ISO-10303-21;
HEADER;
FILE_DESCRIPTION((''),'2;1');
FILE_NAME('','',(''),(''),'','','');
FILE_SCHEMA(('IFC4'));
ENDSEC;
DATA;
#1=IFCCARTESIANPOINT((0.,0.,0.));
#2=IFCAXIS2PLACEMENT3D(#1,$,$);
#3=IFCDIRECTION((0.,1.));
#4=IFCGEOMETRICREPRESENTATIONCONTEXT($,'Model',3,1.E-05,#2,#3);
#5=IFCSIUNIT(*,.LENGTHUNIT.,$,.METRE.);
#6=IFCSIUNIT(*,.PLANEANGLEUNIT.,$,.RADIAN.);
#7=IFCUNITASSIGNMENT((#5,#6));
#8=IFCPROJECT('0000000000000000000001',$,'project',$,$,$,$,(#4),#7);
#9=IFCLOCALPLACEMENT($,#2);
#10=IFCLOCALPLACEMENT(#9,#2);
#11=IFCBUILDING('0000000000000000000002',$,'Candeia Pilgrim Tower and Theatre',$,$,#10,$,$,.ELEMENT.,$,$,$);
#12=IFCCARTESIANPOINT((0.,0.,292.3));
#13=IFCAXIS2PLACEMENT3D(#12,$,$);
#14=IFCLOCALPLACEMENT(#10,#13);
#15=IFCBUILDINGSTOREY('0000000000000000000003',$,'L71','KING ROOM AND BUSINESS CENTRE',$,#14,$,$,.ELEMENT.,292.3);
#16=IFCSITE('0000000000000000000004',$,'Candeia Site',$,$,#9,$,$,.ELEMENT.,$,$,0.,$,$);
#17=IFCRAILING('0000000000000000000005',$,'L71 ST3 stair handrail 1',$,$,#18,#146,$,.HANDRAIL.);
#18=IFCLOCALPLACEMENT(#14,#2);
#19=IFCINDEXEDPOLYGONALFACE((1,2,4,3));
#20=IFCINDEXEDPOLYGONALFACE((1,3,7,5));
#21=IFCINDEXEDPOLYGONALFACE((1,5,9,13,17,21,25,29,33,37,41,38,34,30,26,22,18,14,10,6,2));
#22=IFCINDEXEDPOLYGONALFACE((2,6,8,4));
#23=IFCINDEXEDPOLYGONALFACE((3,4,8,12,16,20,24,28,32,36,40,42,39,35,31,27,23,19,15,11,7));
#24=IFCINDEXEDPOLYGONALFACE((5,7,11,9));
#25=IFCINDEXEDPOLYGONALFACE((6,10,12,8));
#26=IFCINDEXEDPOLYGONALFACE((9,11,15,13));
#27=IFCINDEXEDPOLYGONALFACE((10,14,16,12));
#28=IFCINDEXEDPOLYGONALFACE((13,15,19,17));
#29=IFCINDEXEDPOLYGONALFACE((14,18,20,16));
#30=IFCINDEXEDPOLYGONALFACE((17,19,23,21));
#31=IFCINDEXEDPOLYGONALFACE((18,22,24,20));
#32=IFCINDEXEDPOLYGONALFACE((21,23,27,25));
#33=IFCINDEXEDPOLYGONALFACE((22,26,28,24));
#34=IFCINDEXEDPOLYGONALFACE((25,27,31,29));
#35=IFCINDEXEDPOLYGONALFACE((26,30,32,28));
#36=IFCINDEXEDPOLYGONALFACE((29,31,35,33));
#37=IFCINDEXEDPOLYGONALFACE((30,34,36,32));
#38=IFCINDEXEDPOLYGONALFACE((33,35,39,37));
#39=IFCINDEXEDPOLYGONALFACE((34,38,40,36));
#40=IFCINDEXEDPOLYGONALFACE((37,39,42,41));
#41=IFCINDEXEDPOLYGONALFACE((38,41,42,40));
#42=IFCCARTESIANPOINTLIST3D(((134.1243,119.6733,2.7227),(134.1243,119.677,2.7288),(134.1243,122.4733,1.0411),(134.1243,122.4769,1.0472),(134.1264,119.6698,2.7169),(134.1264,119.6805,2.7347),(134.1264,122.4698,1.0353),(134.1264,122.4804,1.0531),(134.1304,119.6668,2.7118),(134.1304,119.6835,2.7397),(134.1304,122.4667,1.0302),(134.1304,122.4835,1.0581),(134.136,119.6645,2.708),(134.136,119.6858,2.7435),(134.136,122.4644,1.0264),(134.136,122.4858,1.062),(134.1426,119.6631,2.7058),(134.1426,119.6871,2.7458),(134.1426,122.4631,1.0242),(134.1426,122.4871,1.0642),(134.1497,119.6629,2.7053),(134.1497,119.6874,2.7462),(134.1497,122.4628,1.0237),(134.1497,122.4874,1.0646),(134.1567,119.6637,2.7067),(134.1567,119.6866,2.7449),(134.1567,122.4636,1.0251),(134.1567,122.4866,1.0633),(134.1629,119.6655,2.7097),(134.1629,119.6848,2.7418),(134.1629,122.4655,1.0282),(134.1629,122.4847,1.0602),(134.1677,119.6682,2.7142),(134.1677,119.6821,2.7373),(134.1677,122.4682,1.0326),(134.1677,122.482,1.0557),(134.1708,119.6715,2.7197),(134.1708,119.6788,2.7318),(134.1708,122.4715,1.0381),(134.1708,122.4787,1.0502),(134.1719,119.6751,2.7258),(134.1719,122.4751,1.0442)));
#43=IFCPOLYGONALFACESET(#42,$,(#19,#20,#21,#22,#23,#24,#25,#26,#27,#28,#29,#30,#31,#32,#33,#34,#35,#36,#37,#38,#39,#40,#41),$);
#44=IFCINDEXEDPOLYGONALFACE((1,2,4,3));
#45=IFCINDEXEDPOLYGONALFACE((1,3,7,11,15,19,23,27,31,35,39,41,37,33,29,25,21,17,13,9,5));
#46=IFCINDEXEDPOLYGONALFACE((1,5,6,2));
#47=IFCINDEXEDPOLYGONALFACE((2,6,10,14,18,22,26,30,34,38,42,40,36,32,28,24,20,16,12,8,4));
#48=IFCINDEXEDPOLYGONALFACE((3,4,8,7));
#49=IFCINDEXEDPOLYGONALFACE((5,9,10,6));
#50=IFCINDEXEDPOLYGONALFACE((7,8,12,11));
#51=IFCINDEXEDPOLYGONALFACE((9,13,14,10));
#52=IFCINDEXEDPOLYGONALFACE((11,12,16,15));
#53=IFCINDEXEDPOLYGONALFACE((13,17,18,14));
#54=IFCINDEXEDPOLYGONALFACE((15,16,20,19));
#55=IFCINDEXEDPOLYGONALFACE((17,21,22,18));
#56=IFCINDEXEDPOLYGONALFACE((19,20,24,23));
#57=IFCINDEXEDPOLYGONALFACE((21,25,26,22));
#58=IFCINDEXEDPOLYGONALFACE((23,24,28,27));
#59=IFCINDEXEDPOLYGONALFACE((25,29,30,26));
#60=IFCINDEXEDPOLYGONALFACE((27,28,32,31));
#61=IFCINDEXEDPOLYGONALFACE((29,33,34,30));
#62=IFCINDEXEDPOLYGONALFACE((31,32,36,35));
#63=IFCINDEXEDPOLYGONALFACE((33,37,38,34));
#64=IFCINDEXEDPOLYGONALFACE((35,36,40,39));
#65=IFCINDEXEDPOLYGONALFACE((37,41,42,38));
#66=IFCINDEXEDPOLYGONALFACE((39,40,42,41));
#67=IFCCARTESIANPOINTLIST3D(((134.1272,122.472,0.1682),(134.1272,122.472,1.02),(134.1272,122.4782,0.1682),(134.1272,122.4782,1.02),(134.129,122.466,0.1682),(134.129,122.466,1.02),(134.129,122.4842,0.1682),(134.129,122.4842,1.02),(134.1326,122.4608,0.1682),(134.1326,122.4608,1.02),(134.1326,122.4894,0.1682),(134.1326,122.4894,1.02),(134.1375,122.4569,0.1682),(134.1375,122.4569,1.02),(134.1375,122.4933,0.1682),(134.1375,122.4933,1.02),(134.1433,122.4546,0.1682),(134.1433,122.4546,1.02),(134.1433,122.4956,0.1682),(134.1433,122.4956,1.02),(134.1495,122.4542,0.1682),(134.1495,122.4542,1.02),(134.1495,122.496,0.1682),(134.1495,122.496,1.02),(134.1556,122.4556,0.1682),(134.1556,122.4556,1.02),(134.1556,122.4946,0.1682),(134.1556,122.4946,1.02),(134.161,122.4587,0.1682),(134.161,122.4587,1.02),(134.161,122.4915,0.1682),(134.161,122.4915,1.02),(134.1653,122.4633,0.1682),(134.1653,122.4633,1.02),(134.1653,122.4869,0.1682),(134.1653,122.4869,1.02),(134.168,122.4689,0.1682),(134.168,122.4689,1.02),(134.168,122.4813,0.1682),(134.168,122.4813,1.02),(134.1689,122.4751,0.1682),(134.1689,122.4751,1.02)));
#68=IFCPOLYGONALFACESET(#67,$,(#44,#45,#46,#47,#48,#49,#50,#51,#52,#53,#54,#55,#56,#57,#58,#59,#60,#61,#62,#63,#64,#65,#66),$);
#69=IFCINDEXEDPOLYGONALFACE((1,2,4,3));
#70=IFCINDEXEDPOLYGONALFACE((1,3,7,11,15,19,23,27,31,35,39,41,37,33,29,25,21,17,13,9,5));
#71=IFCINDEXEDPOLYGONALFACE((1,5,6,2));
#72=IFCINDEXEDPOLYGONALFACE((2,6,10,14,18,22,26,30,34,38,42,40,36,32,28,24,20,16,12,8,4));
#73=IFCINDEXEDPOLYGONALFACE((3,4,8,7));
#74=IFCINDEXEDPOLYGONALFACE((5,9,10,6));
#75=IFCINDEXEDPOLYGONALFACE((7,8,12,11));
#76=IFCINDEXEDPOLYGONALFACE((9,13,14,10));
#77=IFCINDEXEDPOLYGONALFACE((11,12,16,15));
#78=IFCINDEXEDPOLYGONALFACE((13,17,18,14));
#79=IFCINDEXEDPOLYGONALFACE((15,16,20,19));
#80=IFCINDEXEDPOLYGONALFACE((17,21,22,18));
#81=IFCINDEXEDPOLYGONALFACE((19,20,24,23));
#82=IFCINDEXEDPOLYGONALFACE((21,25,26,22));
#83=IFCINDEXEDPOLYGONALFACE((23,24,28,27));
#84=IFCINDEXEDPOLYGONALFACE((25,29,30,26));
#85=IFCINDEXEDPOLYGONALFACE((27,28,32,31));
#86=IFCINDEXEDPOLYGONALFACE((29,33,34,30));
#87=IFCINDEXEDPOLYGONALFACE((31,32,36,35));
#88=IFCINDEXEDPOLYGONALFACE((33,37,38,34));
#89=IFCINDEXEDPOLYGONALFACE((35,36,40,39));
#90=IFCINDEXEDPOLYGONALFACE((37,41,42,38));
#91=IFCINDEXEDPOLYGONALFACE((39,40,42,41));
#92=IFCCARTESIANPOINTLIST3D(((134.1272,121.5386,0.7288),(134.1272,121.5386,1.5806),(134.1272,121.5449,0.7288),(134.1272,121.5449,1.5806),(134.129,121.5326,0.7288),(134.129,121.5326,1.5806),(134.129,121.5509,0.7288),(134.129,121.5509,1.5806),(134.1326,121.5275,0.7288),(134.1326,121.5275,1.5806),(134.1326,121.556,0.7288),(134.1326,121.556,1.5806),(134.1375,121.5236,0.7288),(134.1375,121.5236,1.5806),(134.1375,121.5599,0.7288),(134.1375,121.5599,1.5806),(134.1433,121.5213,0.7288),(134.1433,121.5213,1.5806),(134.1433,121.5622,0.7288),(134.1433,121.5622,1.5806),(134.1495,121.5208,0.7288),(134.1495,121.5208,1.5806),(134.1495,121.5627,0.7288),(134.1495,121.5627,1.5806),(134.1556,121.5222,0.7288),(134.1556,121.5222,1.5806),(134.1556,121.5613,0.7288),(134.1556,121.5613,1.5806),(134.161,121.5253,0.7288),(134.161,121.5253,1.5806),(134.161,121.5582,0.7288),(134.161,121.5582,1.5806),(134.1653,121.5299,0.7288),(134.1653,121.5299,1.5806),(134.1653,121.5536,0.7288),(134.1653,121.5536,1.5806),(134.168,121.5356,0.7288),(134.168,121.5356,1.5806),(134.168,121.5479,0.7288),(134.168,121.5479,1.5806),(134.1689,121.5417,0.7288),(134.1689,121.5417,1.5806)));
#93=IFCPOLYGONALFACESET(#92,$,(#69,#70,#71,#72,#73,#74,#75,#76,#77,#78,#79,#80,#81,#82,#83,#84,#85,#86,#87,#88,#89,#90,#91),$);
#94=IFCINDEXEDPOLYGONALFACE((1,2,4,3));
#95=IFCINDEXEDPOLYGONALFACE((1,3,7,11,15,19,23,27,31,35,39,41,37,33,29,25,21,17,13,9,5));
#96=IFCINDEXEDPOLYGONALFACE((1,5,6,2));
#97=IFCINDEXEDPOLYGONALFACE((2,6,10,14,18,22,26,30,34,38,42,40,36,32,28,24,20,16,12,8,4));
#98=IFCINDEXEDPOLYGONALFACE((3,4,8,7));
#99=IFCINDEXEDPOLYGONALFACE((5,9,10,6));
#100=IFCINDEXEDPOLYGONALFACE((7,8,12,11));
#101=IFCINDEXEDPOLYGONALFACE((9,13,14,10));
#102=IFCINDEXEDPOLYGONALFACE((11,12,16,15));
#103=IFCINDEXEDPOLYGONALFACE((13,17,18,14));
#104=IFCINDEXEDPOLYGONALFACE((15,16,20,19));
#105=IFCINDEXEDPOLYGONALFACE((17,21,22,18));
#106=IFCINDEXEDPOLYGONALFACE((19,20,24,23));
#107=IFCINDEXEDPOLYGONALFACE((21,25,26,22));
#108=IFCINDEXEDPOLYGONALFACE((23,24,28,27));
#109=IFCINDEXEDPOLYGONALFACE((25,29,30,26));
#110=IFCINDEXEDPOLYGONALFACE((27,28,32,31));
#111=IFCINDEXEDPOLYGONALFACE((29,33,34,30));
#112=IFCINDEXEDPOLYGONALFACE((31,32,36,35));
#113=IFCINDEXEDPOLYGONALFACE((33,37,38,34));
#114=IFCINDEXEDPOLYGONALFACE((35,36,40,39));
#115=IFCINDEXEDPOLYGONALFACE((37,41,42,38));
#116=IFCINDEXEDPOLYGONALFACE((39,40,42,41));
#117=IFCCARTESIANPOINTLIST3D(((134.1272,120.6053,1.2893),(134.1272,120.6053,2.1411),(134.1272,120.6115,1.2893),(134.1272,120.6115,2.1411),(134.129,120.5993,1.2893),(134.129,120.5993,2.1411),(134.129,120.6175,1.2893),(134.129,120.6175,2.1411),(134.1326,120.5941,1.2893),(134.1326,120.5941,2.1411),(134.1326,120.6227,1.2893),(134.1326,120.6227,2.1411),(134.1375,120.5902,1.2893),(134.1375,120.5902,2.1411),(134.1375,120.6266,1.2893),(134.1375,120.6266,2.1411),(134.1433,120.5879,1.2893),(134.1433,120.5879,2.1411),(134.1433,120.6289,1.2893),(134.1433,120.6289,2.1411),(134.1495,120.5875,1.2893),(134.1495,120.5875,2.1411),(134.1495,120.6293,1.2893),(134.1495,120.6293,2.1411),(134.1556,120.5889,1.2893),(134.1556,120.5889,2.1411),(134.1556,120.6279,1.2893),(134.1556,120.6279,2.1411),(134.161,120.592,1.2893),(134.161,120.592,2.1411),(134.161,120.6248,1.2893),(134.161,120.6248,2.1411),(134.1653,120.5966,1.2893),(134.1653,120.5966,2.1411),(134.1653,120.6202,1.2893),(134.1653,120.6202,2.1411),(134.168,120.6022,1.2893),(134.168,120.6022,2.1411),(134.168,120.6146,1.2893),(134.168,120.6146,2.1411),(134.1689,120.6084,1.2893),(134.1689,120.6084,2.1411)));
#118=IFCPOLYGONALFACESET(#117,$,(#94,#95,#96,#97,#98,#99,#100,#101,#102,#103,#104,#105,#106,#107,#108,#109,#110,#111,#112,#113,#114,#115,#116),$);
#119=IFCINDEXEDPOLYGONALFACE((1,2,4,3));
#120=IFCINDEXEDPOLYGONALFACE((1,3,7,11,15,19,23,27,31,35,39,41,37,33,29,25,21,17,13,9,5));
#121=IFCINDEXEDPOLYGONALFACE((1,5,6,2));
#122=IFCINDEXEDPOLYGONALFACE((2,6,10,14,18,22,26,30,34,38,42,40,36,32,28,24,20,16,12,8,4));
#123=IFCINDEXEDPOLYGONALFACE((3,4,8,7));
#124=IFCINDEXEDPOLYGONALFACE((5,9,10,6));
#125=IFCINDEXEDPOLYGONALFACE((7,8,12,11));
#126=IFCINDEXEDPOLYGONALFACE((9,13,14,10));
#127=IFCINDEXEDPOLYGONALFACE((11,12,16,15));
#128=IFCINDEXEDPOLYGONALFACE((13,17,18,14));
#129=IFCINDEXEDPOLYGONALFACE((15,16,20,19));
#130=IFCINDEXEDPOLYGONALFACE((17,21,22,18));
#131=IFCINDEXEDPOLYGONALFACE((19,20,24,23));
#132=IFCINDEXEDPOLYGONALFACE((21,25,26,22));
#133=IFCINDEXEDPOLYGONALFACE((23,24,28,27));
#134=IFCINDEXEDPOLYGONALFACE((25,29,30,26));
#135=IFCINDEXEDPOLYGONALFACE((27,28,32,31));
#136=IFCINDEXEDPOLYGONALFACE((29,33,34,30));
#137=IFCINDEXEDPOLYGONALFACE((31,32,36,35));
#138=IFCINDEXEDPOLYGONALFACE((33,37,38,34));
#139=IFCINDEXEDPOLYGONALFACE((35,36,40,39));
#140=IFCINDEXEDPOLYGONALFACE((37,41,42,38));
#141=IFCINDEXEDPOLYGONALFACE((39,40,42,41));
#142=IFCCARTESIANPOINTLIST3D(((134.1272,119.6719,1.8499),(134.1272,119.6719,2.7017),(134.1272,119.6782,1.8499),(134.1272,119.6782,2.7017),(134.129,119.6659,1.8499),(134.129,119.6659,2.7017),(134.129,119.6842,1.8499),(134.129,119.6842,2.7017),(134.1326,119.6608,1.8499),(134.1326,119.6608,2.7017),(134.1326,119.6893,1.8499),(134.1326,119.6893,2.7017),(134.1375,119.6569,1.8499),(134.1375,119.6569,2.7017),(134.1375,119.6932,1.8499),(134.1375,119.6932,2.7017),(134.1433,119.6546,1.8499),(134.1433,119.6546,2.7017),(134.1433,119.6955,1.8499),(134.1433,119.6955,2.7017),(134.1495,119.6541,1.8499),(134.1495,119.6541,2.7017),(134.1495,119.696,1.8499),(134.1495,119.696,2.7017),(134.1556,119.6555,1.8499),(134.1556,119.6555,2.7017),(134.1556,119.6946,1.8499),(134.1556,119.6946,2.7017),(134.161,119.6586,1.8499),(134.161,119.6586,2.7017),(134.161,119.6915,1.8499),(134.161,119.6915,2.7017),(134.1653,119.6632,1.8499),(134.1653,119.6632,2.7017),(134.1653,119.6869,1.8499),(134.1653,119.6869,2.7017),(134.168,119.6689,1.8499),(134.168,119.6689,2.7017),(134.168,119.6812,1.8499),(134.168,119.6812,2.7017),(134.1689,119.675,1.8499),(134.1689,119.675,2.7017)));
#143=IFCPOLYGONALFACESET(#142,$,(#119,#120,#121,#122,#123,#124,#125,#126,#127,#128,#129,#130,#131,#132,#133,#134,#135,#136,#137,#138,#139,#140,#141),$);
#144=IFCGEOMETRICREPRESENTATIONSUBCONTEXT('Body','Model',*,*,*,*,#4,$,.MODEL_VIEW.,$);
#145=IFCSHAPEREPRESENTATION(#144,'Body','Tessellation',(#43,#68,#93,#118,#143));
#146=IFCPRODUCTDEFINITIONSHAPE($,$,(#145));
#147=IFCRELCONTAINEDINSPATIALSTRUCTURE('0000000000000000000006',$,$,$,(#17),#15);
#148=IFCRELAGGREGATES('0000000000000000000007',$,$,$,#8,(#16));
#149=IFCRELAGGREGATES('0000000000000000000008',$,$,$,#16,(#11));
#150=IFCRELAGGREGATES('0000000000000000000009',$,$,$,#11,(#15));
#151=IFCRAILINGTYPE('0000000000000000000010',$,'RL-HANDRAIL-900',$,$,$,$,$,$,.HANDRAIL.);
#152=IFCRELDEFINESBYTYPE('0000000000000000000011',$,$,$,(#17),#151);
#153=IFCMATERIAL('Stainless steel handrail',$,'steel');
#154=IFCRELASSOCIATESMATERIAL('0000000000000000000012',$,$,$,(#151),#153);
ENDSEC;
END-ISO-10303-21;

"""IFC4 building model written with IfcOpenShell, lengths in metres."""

from ifc_helpers import new_model, si_unit, direction, frame, origin, origin_2d, place, context, subcontext, project, spatial, circle, extrude, material, type_object, element, save


model = new_model("IFC4")

# Units and contexts
model_context = context("Model", 3, precision=1e-05, world=origin(), true_north=direction((0.0, 1.0)))
body_context = subcontext(model_context, "Body", "Model", "MODEL_VIEW")
ifc_project = project(units=[si_unit("LENGTHUNIT", "METRE"), si_unit("PLANEANGLEUNIT", "RADIAN")], contexts=[model_context])

# Site, building, storey
site_placement = place(None, origin())
site = spatial("IfcSite", under=ifc_project, at=site_placement, Name="Candeia Site", CompositionType="ELEMENT", RefElevation=0.0)
building_placement = place(site_placement, origin())
building = spatial("IfcBuilding", under=site, at=building_placement, Name="Candeia Pilgrim Tower and Theatre", CompositionType="ELEMENT")
storey_placement = place(building_placement, frame((0.0, 0.0, 292.3)))
storey = spatial("IfcBuildingStorey", under=building, at=storey_placement, Name="L71", Description="KING ROOM AND BUSINESS CENTRE", CompositionType="ELEMENT", Elevation=292.3)

# Railing
ifc_material_1 = material(Name="Stainless steel handrail", Category="steel")
railing_type_1 = type_object("IfcRailingType", Name="RL-HANDRAIL-900", PredefinedType="HANDRAIL", material=ifc_material_1)
railing_1_placement = place(storey_placement, frame((134.1479, 122.4751, 0.1682)))
element("IfcRailing", 1, at=railing_1_placement, inside=storey, type_object=railing_type_1, Name="L71 ST3 stair handrail 1", PredefinedType="HANDRAIL", context=body_context, shape_type="SweptSolid", body=[
    extrude(circle(Radius=0.0239, at=origin_2d()), frame((0.0, 0.0, 0.876), z_axis=(0.0, -0.857275, 0.514858), x_axis=(1.0, 0.0, 0.0)), (0.0, 0.0, 1.0), 3.2661),
    extrude(circle(Radius=0.021, at=origin_2d()), origin(), (0.0, 0.0, 1.0), 0.8518),
    extrude(circle(Radius=0.021, at=origin_2d()), frame((0.0, -0.9333, 0.5605)), (0.0, 0.0, 1.0), 0.8518),
    extrude(circle(Radius=0.021, at=origin_2d()), frame((0.0, -1.8667, 1.1211)), (0.0, 0.0, 1.0), 0.8518),
    extrude(circle(Radius=0.021, at=origin_2d()), frame((0.0, -2.8, 1.6816)), (0.0, 0.0, 1.0), 0.8518),
])

save(model, "model.ifc")
